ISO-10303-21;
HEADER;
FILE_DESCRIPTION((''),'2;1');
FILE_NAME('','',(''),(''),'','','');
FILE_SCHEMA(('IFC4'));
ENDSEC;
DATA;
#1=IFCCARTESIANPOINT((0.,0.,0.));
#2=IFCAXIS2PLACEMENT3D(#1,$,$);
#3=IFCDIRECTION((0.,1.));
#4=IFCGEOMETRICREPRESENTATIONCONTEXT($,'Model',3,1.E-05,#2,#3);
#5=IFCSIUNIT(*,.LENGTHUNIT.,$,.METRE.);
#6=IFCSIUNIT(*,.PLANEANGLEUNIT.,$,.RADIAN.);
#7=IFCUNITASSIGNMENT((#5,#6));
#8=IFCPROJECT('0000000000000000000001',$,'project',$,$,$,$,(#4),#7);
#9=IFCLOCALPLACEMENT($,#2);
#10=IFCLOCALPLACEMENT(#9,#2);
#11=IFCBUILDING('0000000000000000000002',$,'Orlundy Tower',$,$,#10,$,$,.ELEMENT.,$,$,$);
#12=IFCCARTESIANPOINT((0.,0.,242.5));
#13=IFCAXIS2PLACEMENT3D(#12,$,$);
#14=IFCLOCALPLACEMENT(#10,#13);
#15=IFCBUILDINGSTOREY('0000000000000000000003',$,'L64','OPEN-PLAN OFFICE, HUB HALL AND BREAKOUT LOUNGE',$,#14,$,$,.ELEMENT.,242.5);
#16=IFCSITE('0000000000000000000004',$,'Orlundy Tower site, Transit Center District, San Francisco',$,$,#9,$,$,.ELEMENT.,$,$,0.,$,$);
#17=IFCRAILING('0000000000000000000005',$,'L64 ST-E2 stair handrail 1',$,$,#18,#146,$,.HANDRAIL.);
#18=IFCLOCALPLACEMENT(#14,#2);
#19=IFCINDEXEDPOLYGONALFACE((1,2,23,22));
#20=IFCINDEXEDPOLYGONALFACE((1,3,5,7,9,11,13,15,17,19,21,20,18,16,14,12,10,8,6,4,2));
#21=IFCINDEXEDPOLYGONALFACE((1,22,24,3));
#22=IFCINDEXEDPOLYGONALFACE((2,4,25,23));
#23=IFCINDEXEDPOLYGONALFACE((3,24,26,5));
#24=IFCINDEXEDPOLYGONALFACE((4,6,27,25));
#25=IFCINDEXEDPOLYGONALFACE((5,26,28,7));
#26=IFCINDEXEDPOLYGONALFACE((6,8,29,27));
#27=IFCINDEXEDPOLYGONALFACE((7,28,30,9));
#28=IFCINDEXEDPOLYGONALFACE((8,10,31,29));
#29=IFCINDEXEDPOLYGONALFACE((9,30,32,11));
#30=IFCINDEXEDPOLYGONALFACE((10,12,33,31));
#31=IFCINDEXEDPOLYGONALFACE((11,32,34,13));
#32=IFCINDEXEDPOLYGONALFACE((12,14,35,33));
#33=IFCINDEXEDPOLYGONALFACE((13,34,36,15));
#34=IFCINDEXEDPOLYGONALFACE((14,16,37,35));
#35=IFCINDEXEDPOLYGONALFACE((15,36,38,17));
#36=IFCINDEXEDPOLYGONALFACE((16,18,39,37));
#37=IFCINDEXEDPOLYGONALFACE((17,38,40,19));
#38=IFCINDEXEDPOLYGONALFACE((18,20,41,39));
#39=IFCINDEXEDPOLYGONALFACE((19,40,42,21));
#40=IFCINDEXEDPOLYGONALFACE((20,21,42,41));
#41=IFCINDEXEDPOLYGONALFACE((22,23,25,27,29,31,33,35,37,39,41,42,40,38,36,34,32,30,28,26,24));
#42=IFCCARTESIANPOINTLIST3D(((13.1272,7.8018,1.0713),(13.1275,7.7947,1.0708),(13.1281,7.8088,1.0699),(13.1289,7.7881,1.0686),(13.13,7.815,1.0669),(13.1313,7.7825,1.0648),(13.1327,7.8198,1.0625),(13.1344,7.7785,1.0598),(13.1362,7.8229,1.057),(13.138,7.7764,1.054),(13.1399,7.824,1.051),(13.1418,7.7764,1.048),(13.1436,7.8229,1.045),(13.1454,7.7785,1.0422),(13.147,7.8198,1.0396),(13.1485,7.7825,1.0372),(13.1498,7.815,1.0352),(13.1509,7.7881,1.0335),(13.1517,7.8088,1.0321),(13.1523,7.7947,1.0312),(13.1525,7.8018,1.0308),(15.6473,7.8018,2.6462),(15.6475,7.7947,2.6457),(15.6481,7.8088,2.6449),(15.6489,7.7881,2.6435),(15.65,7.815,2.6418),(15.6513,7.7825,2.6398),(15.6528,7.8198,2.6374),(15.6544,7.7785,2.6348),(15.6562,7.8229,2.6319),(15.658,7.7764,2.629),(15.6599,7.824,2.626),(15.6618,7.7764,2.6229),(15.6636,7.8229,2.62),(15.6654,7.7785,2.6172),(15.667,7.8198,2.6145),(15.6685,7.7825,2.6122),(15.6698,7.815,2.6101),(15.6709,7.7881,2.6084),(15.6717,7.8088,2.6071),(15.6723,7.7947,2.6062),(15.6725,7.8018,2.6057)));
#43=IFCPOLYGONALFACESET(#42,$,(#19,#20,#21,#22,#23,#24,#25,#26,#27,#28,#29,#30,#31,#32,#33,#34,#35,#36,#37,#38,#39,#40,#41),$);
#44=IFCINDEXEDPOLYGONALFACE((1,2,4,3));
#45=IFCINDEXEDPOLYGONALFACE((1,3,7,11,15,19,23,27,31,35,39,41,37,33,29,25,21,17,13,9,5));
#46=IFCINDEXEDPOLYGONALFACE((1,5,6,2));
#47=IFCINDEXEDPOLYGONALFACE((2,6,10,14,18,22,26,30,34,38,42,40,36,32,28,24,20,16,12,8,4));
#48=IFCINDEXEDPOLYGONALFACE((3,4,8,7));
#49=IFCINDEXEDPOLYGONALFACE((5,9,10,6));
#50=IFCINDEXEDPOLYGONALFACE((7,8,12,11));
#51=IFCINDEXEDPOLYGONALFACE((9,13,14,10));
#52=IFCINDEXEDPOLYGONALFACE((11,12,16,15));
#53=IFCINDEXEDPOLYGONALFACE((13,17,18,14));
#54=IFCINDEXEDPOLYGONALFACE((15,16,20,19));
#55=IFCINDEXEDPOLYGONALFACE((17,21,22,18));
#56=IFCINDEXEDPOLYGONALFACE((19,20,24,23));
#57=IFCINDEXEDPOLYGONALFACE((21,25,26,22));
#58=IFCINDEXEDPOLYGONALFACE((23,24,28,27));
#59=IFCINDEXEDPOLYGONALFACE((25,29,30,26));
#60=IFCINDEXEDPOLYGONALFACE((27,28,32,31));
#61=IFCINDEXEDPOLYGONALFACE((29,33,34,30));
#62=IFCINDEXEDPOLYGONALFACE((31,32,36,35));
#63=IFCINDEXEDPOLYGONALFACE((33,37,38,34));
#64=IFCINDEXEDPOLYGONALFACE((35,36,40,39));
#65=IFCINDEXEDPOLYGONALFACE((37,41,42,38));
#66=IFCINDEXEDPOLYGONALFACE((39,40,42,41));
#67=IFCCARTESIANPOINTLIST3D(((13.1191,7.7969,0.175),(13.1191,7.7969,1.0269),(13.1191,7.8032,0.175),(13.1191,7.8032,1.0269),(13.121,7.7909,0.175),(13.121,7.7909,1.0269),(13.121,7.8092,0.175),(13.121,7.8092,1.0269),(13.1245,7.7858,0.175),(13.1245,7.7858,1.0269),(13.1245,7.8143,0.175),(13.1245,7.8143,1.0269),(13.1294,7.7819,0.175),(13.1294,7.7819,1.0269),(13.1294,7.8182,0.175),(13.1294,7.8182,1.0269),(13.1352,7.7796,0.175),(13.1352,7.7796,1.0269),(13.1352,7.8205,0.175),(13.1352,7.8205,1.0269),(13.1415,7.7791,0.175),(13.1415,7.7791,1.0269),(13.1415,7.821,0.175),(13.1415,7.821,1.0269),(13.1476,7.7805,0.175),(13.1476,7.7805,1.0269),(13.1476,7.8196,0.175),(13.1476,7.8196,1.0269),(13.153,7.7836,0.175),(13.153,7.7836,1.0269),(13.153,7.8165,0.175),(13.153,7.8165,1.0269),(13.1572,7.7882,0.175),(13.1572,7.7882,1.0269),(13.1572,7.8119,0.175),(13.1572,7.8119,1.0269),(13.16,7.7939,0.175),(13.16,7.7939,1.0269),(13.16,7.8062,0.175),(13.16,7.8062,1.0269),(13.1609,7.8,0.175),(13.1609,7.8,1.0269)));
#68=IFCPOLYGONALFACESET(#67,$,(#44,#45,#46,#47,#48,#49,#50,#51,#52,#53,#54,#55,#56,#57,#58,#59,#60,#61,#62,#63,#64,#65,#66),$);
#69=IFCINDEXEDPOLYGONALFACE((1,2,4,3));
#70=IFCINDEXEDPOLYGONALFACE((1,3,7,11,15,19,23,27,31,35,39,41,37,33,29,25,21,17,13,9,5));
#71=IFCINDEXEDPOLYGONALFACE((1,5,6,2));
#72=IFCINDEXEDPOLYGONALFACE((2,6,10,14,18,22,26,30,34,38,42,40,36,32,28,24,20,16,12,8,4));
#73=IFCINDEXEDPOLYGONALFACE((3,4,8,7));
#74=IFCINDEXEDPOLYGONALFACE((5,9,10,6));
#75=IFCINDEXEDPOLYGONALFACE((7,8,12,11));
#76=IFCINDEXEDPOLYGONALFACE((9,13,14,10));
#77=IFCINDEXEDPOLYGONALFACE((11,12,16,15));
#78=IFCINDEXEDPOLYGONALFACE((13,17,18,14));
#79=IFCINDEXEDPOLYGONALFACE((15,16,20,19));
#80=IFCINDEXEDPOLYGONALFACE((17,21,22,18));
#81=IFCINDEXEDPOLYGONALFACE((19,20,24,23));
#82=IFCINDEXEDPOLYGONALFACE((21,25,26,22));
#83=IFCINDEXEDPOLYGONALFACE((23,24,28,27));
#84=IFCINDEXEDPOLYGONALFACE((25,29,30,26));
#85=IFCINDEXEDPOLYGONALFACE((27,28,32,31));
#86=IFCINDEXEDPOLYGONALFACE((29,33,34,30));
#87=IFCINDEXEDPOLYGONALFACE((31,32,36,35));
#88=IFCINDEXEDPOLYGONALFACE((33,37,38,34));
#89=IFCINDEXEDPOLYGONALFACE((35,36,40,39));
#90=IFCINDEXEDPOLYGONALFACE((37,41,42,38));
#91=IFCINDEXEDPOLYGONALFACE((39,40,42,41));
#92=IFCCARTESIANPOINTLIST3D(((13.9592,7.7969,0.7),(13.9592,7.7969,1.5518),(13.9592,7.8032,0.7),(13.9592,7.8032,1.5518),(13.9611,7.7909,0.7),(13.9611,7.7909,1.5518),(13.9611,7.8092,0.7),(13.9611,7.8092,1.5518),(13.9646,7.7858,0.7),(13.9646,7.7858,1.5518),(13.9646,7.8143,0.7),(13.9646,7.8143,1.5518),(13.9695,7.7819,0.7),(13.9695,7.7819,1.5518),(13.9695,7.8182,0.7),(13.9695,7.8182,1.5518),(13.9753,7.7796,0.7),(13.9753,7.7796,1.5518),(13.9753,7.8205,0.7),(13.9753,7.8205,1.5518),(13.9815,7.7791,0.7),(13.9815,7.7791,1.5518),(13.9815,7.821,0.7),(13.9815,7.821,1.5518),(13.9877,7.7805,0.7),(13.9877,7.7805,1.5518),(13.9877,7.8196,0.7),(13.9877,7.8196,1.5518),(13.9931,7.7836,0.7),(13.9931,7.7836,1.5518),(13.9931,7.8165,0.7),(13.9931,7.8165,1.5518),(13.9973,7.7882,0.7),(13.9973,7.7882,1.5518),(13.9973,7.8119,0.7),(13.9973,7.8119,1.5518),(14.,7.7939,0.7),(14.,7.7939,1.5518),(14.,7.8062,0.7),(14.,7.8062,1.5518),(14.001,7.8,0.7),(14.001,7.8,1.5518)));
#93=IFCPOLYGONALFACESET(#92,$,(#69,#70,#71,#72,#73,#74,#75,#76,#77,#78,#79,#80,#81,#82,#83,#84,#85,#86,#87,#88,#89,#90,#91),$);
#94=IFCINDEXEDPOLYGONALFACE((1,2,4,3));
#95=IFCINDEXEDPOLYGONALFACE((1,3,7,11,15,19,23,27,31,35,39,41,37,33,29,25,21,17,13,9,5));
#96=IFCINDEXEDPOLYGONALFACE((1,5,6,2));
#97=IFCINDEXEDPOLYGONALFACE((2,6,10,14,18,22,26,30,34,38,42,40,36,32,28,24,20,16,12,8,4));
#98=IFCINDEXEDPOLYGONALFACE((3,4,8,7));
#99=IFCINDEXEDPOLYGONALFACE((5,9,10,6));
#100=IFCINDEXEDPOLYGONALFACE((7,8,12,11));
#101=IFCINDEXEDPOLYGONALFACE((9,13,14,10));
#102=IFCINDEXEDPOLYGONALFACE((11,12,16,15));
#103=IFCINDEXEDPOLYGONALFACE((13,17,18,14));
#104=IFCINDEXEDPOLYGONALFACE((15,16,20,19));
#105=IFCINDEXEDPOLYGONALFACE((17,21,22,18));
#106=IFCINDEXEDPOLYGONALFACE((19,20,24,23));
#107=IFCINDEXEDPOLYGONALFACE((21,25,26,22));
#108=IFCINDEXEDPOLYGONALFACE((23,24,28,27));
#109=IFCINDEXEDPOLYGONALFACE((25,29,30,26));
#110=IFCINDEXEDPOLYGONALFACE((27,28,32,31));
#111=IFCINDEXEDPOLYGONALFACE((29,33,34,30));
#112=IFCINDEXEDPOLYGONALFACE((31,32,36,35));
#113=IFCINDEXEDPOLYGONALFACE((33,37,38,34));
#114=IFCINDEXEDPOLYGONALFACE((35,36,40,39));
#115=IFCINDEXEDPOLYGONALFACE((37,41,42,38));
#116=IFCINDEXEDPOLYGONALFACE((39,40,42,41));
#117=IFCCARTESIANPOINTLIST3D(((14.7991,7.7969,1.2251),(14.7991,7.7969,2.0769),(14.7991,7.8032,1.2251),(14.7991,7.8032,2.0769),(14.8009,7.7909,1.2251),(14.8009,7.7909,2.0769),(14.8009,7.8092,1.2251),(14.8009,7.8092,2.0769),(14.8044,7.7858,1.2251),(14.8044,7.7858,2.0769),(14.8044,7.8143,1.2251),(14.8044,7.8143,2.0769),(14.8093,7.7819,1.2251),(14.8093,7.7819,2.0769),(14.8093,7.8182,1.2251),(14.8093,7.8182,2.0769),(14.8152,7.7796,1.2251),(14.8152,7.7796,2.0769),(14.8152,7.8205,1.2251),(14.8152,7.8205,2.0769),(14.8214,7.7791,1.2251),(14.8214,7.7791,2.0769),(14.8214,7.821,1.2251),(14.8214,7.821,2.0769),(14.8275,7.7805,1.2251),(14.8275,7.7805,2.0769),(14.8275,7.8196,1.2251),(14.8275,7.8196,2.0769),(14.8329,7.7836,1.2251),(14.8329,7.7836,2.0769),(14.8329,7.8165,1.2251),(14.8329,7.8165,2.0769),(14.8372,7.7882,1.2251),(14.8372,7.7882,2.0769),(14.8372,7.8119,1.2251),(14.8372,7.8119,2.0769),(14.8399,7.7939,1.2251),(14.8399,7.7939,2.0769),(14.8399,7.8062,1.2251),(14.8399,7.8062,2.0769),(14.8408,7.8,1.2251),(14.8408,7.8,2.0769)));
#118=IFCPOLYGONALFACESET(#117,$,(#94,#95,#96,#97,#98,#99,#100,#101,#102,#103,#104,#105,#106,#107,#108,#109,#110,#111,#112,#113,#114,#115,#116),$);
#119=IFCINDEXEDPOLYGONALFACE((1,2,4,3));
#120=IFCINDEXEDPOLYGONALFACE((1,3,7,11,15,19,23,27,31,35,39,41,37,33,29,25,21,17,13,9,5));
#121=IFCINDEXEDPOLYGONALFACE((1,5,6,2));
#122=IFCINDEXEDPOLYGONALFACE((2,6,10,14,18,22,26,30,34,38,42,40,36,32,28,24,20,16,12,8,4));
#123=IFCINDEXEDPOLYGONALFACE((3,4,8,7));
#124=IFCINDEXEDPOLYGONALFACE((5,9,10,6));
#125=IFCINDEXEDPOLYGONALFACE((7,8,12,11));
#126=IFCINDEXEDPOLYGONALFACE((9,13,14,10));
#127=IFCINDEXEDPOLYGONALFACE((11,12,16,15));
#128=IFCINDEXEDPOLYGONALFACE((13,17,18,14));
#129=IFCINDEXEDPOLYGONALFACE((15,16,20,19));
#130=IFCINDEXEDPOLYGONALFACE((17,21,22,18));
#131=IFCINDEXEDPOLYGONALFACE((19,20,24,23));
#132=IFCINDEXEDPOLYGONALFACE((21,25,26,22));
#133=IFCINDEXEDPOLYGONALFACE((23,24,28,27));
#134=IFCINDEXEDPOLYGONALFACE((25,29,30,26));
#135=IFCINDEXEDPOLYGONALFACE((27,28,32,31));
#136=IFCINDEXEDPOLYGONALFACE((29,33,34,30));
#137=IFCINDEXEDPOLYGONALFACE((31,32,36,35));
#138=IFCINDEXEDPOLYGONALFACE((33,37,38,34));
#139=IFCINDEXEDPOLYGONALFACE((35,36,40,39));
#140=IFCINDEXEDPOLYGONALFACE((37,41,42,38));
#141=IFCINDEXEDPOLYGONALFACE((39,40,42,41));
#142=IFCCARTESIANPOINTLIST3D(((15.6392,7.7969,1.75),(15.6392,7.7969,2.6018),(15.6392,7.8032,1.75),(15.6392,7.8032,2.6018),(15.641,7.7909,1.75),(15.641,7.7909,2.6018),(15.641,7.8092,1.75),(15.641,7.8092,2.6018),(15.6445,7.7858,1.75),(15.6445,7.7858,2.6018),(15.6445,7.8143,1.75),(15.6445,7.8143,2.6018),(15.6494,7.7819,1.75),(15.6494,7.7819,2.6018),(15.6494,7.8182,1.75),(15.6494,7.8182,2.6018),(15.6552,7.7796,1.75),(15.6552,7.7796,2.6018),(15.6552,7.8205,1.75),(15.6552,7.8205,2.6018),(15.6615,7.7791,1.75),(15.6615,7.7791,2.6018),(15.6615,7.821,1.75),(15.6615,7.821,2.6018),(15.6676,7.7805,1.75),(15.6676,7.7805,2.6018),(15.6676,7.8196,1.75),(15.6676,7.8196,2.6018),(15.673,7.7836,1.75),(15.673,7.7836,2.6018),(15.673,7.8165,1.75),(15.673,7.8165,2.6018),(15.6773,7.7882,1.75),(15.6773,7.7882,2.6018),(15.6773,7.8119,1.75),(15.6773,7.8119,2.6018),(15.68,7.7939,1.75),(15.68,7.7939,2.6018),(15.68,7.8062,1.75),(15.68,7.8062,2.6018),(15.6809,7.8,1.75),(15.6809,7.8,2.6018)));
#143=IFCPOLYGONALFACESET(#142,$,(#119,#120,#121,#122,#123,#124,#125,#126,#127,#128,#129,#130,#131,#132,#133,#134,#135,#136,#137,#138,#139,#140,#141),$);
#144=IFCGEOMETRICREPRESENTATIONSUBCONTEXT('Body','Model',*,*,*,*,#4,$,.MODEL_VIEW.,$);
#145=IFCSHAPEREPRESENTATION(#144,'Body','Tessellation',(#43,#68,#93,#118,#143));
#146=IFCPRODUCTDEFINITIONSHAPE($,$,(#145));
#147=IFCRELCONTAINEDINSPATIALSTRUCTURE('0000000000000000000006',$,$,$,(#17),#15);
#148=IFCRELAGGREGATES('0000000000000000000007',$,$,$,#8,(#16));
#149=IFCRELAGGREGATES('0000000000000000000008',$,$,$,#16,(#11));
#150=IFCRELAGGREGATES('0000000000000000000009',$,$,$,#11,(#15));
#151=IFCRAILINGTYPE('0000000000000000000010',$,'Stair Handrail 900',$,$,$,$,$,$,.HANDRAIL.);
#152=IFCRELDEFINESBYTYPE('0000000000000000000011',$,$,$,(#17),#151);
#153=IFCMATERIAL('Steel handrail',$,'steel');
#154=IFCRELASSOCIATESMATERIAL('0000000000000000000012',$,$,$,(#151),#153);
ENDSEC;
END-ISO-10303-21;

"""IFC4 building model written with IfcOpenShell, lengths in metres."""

from ifc_helpers import new_model, si_unit, direction, frame, origin, origin_2d, place, context, subcontext, project, spatial, circle, extrude, material, type_object, element, save


model = new_model("IFC4")

# Units and contexts
model_context = context("Model", 3, precision=1e-05, world=origin(), true_north=direction((0.0, 1.0)))
body_context = subcontext(model_context, "Body", "Model", "MODEL_VIEW")
ifc_project = project(units=[si_unit("LENGTHUNIT", "METRE"), si_unit("PLANEANGLEUNIT", "RADIAN")], contexts=[model_context])

# Site, building, storey
site_placement = place(None, origin())
site = spatial("IfcSite", under=ifc_project, at=site_placement, Name="Orlundy Tower site, Transit Center District, San Francisco", CompositionType="ELEMENT", RefElevation=0.0)
building_placement = place(site_placement, origin())
building = spatial("IfcBuilding", under=site, at=building_placement, Name="Orlundy Tower", CompositionType="ELEMENT")
storey_placement = place(building_placement, frame((0.0, 0.0, 242.5)))
storey = spatial("IfcBuildingStorey", under=building, at=storey_placement, Name="L64", Description="OPEN-PLAN OFFICE, HUB HALL AND BREAKOUT LOUNGE", CompositionType="ELEMENT", Elevation=242.5)

# Railing
ifc_material_1 = material(Name="Steel handrail", Category="steel")
railing_type_1 = type_object("IfcRailingType", Name="Stair Handrail 900", PredefinedType="HANDRAIL", material=ifc_material_1)
railing_1_placement = place(storey_placement, frame((13.1399, 7.8, 0.175)))
element("IfcRailing", 1, at=railing_1_placement, inside=storey, type_object=railing_type_1, Name="L64 ST-E2 stair handrail 1", PredefinedType="HANDRAIL", context=body_context, shape_type="SweptSolid", body=[
    extrude(circle(Radius=0.0239, at=origin_2d()), frame((0.0, 0.0, 0.876), z_axis=(0.848008, 0.0, 0.529984), x_axis=(0.0, 1.0, 0.0)), (0.0, 0.0, 1.0), 2.9717),
    extrude(circle(Radius=0.021, at=origin_2d()), origin(), (0.0, 0.0, 1.0), 0.8518),
    extrude(circle(Radius=0.021, at=origin_2d()), frame((0.8401, 0.0, 0.5249)), (0.0, 0.0, 1.0), 0.8518),
    extrude(circle(Radius=0.021, at=origin_2d()), frame((1.6799, 0.0, 1.05)), (0.0, 0.0, 1.0), 0.8518),
    extrude(circle(Radius=0.021, at=origin_2d()), frame((2.52, 0.0, 1.575)), (0.0, 0.0, 1.0), 0.8518),
])

save(model, "model.ifc")
